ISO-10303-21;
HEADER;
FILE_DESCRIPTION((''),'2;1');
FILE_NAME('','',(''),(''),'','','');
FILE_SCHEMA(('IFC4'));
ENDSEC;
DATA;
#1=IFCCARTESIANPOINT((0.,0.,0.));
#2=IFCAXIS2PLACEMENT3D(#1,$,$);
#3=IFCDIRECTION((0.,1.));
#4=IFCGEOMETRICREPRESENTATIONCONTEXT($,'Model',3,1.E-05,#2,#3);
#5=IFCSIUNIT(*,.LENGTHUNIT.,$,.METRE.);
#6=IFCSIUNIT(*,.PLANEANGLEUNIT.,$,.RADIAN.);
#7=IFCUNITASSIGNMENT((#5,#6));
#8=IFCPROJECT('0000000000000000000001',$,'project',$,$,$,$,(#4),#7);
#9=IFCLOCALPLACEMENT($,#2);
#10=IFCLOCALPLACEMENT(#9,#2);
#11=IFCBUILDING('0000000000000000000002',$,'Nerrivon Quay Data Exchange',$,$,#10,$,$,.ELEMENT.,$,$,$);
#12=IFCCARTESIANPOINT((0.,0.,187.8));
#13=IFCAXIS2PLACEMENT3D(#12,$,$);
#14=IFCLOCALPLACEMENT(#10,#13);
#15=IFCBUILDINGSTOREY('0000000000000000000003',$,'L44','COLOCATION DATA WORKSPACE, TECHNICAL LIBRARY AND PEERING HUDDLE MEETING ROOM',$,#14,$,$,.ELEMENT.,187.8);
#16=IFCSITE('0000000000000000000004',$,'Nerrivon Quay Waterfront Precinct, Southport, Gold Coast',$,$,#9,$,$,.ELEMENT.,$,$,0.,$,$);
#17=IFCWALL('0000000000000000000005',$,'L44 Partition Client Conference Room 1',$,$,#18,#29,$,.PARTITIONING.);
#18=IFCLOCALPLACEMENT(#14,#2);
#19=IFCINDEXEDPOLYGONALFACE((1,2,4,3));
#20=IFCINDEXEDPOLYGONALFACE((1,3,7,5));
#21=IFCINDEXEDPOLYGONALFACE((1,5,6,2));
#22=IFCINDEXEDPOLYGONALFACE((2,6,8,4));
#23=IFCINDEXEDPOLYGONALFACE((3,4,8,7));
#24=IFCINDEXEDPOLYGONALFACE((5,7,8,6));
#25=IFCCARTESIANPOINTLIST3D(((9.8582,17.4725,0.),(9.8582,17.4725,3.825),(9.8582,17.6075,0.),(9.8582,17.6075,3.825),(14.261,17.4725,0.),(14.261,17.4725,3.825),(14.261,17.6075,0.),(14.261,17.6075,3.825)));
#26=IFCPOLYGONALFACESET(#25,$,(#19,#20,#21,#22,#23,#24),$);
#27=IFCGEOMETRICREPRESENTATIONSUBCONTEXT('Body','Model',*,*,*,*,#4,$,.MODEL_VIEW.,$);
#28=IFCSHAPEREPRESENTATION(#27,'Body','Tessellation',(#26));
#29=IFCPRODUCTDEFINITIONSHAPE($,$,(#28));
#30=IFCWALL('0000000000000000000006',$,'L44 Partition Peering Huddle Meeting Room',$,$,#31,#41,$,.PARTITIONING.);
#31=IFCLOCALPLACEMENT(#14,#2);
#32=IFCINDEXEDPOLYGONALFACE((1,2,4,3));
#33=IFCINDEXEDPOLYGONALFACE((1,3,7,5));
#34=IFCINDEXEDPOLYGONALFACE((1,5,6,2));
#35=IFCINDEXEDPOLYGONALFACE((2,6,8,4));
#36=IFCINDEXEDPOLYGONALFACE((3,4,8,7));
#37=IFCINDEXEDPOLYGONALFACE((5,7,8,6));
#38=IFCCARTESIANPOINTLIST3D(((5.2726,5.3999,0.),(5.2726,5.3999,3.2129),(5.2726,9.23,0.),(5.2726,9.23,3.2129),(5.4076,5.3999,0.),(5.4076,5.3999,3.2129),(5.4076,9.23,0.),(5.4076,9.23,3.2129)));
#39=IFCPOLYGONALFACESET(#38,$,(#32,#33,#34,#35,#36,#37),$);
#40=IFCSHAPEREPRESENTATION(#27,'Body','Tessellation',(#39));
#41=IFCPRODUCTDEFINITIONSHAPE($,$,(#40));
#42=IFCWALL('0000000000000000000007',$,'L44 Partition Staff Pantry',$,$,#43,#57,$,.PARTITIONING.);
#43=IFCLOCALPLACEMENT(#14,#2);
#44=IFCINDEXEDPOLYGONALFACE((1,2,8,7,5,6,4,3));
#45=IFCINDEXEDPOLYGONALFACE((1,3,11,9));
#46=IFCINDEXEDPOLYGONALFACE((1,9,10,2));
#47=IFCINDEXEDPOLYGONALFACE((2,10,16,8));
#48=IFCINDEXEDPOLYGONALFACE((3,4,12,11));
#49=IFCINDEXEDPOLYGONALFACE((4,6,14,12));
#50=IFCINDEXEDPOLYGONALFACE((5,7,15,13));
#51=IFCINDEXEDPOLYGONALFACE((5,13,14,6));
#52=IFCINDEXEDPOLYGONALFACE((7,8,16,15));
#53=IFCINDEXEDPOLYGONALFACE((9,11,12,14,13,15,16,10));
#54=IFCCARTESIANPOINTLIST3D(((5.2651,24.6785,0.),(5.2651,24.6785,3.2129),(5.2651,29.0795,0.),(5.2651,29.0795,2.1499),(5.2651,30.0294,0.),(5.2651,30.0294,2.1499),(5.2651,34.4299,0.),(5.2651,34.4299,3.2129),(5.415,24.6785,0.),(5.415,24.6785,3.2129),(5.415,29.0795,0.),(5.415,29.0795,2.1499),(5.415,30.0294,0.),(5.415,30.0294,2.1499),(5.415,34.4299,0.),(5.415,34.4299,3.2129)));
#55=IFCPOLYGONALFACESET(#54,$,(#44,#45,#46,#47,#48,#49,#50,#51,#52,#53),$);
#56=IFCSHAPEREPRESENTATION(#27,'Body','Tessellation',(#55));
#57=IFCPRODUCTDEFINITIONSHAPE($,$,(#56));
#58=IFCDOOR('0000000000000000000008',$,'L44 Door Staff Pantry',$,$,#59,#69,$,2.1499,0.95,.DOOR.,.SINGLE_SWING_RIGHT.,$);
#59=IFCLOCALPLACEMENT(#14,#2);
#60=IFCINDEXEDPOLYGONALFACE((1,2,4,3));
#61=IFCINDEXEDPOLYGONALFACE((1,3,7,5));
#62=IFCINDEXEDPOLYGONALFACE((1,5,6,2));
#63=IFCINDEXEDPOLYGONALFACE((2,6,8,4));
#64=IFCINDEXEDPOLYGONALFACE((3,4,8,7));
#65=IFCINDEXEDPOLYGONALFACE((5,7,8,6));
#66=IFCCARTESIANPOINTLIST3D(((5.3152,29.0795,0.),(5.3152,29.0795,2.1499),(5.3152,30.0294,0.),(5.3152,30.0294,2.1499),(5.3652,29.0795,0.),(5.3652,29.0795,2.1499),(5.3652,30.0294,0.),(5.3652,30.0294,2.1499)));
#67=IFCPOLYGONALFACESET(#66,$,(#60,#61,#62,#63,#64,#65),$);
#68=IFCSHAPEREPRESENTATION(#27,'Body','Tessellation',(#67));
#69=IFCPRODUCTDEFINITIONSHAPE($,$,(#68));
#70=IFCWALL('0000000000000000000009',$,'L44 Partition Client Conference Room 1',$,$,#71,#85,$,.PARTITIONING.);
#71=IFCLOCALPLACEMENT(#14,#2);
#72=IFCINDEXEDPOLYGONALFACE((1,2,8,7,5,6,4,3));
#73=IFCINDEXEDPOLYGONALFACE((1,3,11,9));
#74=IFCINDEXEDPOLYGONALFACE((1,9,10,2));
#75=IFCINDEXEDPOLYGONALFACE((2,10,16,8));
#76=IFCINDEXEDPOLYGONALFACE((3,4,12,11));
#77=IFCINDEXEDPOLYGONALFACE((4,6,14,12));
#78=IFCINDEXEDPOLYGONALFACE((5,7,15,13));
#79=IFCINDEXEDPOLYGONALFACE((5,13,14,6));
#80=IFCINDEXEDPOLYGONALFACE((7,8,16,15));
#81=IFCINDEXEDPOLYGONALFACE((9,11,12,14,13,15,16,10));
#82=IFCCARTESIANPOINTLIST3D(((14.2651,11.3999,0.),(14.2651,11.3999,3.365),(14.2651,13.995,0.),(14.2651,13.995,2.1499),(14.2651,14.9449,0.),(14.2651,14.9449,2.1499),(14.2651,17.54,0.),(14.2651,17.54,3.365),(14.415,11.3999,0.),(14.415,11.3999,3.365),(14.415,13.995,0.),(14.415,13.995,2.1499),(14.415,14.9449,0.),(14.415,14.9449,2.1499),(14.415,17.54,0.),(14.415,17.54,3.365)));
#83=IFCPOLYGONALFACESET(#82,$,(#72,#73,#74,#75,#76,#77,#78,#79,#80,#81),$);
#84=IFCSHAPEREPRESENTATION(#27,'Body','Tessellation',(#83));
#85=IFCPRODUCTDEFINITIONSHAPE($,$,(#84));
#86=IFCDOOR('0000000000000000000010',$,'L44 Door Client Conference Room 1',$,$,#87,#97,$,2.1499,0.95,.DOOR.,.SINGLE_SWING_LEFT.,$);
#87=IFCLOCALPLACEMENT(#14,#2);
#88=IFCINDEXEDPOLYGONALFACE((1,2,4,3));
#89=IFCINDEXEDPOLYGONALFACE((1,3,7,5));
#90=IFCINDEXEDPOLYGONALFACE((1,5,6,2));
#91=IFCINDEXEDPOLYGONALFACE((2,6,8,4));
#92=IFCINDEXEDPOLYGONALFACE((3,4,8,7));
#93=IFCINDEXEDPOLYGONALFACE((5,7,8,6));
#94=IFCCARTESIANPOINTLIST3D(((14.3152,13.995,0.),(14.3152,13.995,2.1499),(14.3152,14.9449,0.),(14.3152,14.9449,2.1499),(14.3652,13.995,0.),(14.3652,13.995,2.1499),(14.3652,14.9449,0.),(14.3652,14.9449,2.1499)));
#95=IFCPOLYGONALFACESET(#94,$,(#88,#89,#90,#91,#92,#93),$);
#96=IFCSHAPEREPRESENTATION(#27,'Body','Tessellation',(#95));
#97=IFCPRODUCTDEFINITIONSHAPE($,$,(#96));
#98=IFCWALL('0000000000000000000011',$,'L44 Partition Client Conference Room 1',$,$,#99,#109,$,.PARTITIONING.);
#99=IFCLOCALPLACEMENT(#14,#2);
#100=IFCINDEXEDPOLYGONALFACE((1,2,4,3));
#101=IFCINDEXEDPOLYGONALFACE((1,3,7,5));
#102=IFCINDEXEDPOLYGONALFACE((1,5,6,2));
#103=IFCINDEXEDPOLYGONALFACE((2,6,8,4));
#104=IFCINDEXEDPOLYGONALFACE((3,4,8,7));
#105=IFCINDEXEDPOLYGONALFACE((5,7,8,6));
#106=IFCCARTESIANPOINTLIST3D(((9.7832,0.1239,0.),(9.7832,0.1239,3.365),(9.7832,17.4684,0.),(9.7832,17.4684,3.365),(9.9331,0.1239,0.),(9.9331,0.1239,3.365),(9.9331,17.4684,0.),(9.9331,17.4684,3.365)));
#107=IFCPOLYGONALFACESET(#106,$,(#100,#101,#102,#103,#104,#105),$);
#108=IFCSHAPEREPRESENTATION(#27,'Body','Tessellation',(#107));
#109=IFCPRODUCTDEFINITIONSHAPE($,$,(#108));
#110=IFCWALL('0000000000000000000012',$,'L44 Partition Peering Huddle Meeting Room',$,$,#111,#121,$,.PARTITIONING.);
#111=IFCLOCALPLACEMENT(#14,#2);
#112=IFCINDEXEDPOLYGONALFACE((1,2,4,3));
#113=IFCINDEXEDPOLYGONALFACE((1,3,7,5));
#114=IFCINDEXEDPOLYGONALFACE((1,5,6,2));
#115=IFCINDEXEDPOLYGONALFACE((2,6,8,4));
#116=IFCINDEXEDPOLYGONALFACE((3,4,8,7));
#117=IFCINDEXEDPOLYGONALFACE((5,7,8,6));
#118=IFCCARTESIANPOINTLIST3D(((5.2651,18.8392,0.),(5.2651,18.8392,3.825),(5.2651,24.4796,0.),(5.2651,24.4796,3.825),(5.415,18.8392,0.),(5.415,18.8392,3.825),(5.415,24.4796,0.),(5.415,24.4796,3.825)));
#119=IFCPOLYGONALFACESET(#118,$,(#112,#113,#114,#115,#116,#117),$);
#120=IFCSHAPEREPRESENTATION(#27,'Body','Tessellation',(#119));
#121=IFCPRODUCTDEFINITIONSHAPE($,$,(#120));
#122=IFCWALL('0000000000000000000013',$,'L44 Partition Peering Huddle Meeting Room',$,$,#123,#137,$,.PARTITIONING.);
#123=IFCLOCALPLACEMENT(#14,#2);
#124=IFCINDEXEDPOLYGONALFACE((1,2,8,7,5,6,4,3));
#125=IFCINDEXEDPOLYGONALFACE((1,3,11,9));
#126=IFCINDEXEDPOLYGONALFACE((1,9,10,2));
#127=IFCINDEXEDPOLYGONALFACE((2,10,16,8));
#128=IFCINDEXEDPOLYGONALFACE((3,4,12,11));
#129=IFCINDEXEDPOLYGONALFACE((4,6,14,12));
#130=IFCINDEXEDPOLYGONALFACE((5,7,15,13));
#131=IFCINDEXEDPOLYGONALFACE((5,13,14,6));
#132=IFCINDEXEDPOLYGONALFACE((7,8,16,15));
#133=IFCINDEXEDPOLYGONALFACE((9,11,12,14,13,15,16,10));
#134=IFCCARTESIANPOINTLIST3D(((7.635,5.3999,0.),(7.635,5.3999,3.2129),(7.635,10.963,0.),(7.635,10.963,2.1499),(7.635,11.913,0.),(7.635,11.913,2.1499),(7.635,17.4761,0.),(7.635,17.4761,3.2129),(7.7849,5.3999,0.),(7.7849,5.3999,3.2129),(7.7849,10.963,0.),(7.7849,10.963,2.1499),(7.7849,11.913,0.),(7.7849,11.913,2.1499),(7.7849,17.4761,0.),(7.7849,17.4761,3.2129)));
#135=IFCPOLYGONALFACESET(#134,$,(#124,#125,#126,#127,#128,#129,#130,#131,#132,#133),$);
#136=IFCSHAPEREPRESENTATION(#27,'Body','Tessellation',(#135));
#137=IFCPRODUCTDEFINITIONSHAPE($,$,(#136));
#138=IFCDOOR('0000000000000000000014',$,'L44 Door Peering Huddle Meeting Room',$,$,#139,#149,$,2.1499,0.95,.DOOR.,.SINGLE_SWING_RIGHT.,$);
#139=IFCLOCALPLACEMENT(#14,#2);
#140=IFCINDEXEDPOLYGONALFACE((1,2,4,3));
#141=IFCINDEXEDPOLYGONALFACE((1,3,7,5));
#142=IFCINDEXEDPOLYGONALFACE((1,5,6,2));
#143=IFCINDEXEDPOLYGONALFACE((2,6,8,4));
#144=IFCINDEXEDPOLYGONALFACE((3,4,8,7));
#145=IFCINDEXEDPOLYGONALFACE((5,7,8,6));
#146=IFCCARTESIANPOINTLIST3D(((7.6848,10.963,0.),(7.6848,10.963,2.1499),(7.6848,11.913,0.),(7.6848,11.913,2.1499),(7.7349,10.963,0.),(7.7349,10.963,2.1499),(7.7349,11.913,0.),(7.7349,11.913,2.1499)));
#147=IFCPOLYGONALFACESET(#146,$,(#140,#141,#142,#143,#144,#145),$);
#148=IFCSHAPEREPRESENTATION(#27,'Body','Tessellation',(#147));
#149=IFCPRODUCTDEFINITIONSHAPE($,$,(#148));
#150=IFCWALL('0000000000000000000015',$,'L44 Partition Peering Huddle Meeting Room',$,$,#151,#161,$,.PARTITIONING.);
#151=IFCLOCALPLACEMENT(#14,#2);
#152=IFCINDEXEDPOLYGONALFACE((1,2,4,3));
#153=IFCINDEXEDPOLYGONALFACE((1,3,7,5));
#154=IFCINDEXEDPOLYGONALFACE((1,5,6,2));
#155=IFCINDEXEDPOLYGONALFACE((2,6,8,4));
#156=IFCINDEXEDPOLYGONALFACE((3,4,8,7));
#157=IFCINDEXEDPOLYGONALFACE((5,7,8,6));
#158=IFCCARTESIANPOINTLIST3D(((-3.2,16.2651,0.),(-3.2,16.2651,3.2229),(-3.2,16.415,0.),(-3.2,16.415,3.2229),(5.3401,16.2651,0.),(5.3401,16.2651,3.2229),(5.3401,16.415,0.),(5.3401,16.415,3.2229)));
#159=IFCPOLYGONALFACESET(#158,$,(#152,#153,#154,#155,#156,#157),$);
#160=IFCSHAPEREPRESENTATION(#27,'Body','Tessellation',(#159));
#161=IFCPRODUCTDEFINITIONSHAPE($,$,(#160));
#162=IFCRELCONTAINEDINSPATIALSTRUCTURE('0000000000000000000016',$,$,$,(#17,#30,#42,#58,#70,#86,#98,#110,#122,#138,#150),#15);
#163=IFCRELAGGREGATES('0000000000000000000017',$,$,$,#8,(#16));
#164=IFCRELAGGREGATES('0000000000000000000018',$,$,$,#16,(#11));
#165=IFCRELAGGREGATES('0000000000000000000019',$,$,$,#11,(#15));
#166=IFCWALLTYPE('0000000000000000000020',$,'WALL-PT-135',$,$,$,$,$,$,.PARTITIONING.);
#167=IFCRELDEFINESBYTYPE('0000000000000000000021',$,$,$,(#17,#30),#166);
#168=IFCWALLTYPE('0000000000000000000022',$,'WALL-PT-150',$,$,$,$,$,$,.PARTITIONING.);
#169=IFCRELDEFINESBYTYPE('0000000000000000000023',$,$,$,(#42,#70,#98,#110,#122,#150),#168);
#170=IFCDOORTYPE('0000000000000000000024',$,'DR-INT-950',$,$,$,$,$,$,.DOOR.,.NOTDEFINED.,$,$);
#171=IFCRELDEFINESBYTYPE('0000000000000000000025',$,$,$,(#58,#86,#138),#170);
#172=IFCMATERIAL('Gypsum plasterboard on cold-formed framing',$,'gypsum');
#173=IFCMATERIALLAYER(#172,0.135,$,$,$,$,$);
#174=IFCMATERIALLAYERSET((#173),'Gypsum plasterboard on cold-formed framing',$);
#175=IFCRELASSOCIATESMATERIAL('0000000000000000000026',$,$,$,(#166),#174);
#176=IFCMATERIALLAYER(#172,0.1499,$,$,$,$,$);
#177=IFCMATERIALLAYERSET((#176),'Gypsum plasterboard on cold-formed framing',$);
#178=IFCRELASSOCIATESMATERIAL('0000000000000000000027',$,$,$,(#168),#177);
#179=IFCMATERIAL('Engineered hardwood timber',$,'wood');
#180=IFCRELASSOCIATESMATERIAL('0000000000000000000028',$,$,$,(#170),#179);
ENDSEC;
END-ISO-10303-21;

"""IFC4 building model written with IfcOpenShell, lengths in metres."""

from ifc_helpers import new_model, si_unit, direction, frame, frame_2d, origin, place, context, subcontext, project, spatial, rectangle, extrude, material, layer, layer_set, type_object, element, fill, save


model = new_model("IFC4")

# Units and contexts
model_context = context("Model", 3, precision=1e-05, world=origin(), true_north=direction((0.0, 1.0)))
body_context = subcontext(model_context, "Body", "Model", "MODEL_VIEW")
ifc_project = project(units=[si_unit("LENGTHUNIT", "METRE"), si_unit("PLANEANGLEUNIT", "RADIAN")], contexts=[model_context])

# Site, building, storey
site_placement = place(None, origin())
site = spatial("IfcSite", under=ifc_project, at=site_placement, Name="Nerrivon Quay Waterfront Precinct, Southport, Gold Coast", CompositionType="ELEMENT", RefElevation=0.0)
building_placement = place(site_placement, origin())
building = spatial("IfcBuilding", under=site, at=building_placement, Name="Nerrivon Quay Data Exchange", CompositionType="ELEMENT")
storey_placement = place(building_placement, frame((0.0, 0.0, 187.8)))
storey = spatial("IfcBuildingStorey", under=building, at=storey_placement, Name="L44", Description="COLOCATION DATA WORKSPACE, TECHNICAL LIBRARY AND PEERING HUDDLE MEETING ROOM", CompositionType="ELEMENT", Elevation=187.8)

# Shared definitions
ifc_material_1 = material(Name="Gypsum plasterboard on cold-formed framing", Category="gypsum")

# Shared definitions
ifc_material_2 = material(Name="Engineered hardwood timber", Category="wood")

# Walls
ifc_layer_1 = layer(ifc_material_1, 0.135)
ifc_layer_set_1 = layer_set([ifc_layer_1], Name="Gypsum plasterboard on cold-formed framing")
wall_type_1 = type_object("IfcWallType", Name="WALL-PT-135", PredefinedType="PARTITIONING", material=ifc_layer_set_1)
wall_1_placement = place(storey_placement, frame((14.261, 17.54, 0.0), z_axis=(0.0, 0.0, 1.0), x_axis=(-1.0, 0.0, 0.0)))
element("IfcWall", 1, at=wall_1_placement, inside=storey, type_object=wall_type_1, Name="L44 Partition Client Conference Room 1", PredefinedType="PARTITIONING", context=body_context, shape_type="SweptSolid", body=[
    extrude(rectangle(XDim=4.4028, YDim=0.135, at=frame_2d((2.2014, 0.0))), origin(), (0.0, 0.0, 1.0), 3.825),
])
wall_2_placement = place(storey_placement, frame((5.3401, 5.3999, 0.0), z_axis=(0.0, 0.0, 1.0), x_axis=(0.0, 1.0, 0.0)))
element("IfcWall", 2, at=wall_2_placement, inside=storey, type_object=wall_type_1, Name="L44 Partition Peering Huddle Meeting Room", PredefinedType="PARTITIONING", context=body_context, shape_type="SweptSolid", body=[
    extrude(rectangle(XDim=3.8301, YDim=0.135, at=frame_2d((1.915, 0.0))), origin(), (0.0, 0.0, 1.0), 3.2129),
])

# Walls, openings, doors
ifc_layer_2 = layer(ifc_material_1, 0.1499)
ifc_layer_set_2 = layer_set([ifc_layer_2], Name="Gypsum plasterboard on cold-formed framing")
wall_type_2 = type_object("IfcWallType", Name="WALL-PT-150", PredefinedType="PARTITIONING", material=ifc_layer_set_2)
wall_3_placement = place(storey_placement, frame((5.3401, 24.6785, 0.0), z_axis=(0.0, 0.0, 1.0), x_axis=(0.0, 1.0, 0.0)))
wall_3 = element("IfcWall", 3, at=wall_3_placement, inside=storey, type_object=wall_type_2, Name="L44 Partition Staff Pantry", PredefinedType="PARTITIONING", context=body_context, shape_type="SweptSolid", body=[
    extrude(rectangle(XDim=9.7515, YDim=0.1499, at=frame_2d((4.8757, 0.0))), origin(), (0.0, 0.0, 1.0), 3.2129),
])
opening_1_placement = place(wall_3_placement, frame((4.4009, 0.0, 0.0)))
opening_1 = element("IfcOpeningElement", 4, at=opening_1_placement, cuts=wall_3, PredefinedType="OPENING", context=body_context, shape_type="SweptSolid", body=[
    extrude(rectangle(XDim=0.95, YDim=2.1499, at=frame_2d((0.4751, 1.075))), frame((0.0, 0.085, 0.0), z_axis=(0.0, -1.0, 0.0), x_axis=(1.0, 0.0, 0.0)), (0.0, 0.0, 1.0), 0.1699),
])
door_type_1 = type_object("IfcDoorType", Name="DR-INT-950", OperationType="NOTDEFINED", PredefinedType="DOOR", material=ifc_material_2)
door_1_placement = place(opening_1_placement, origin())
door_1 = element("IfcDoor", 5, at=door_1_placement, inside=storey, type_object=door_type_1, Name="L44 Door Staff Pantry", OperationType="SINGLE_SWING_RIGHT", OverallHeight=2.1499, OverallWidth=0.95, PredefinedType="DOOR", context=body_context, shape_type="SweptSolid", body=[
    extrude(rectangle(XDim=0.95, YDim=2.1499, at=frame_2d((0.4751, 1.075))), frame((0.0, 0.0249, 0.0), z_axis=(0.0, -1.0, 0.0), x_axis=(1.0, 0.0, 0.0)), (0.0, 0.0, 1.0), 0.05),
])
fill(opening_1, door_1)
wall_4_placement = place(storey_placement, frame((14.3401, 11.3999, 0.0), z_axis=(0.0, 0.0, 1.0), x_axis=(0.0, 1.0, 0.0)))
wall_4 = element("IfcWall", 6, at=wall_4_placement, inside=storey, type_object=wall_type_2, Name="L44 Partition Client Conference Room 1", PredefinedType="PARTITIONING", context=body_context, shape_type="SweptSolid", body=[
    extrude(rectangle(XDim=6.1401, YDim=0.1499, at=frame_2d((3.0701, 0.0))), origin(), (0.0, 0.0, 1.0), 3.365),
])
opening_2_placement = place(wall_4_placement, frame((2.595, 0.0, 0.0)))
opening_2 = element("IfcOpeningElement", 7, at=opening_2_placement, cuts=wall_4, PredefinedType="OPENING", context=body_context, shape_type="SweptSolid", body=[
    extrude(rectangle(XDim=0.95, YDim=2.1499, at=frame_2d((0.4751, 1.075))), frame((0.0, 0.085, 0.0), z_axis=(0.0, -1.0, 0.0), x_axis=(1.0, 0.0, 0.0)), (0.0, 0.0, 1.0), 0.1699),
])
door_2_placement = place(opening_2_placement, origin())
door_2 = element("IfcDoor", 8, at=door_2_placement, inside=storey, type_object=door_type_1, Name="L44 Door Client Conference Room 1", OperationType="SINGLE_SWING_LEFT", OverallHeight=2.1499, OverallWidth=0.95, PredefinedType="DOOR", context=body_context, shape_type="SweptSolid", body=[
    extrude(rectangle(XDim=0.95, YDim=2.1499, at=frame_2d((0.4751, 1.075))), frame((0.0, 0.0249, 0.0), z_axis=(0.0, -1.0, 0.0), x_axis=(1.0, 0.0, 0.0)), (0.0, 0.0, 1.0), 0.05),
])
fill(opening_2, door_2)

# Walls
wall_5_placement = place(storey_placement, frame((9.8582, 17.4685, 0.0), z_axis=(0.0, 0.0, 1.0), x_axis=(0.0, -1.0, 0.0)))
element("IfcWall", 9, at=wall_5_placement, inside=storey, type_object=wall_type_2, Name="L44 Partition Client Conference Room 1", PredefinedType="PARTITIONING", context=body_context, shape_type="SweptSolid", body=[
    extrude(rectangle(XDim=17.3445, YDim=0.1499, at=frame_2d((8.6724, 0.0))), origin(), (0.0, 0.0, 1.0), 3.365),
])
wall_6_placement = place(storey_placement, frame((5.3401, 18.8391, 0.0), z_axis=(0.0, 0.0, 1.0), x_axis=(0.0, 1.0, 0.0)))
element("IfcWall", 10, at=wall_6_placement, inside=storey, type_object=wall_type_2, Name="L44 Partition Peering Huddle Meeting Room", PredefinedType="PARTITIONING", context=body_context, shape_type="SweptSolid", body=[
    extrude(rectangle(XDim=5.6404, YDim=0.1499, at=frame_2d((2.8203, 0.0))), origin(), (0.0, 0.0, 1.0), 3.825),
])

# Wall, opening, door
wall_7_placement = place(storey_placement, frame((7.71, 17.4761, 0.0), z_axis=(0.0, 0.0, 1.0), x_axis=(0.0, -1.0, 0.0)))
wall_7 = element("IfcWall", 11, at=wall_7_placement, inside=storey, type_object=wall_type_2, Name="L44 Partition Peering Huddle Meeting Room", PredefinedType="PARTITIONING", context=body_context, shape_type="SweptSolid", body=[
    extrude(rectangle(XDim=12.0762, YDim=0.1499, at=frame_2d((6.0381, 0.0))), origin(), (0.0, 0.0, 1.0), 3.2129),
])
opening_3_placement = place(wall_7_placement, frame((5.563, 0.0, 0.0)))
opening_3 = element("IfcOpeningElement", 12, at=opening_3_placement, cuts=wall_7, PredefinedType="OPENING", context=body_context, shape_type="SweptSolid", body=[
    extrude(rectangle(XDim=0.95, YDim=2.1499, at=frame_2d((0.4751, 1.075))), frame((0.0, 0.085, 0.0), z_axis=(0.0, -1.0, 0.0), x_axis=(1.0, 0.0, 0.0)), (0.0, 0.0, 1.0), 0.1699),
])
door_3_placement = place(opening_3_placement, origin())
door_3 = element("IfcDoor", 13, at=door_3_placement, inside=storey, type_object=door_type_1, Name="L44 Door Peering Huddle Meeting Room", OperationType="SINGLE_SWING_RIGHT", OverallHeight=2.1499, OverallWidth=0.95, PredefinedType="DOOR", context=body_context, shape_type="SweptSolid", body=[
    extrude(rectangle(XDim=0.95, YDim=2.1499, at=frame_2d((0.4751, 1.075))), frame((0.0, 0.0249, 0.0), z_axis=(0.0, -1.0, 0.0), x_axis=(1.0, 0.0, 0.0)), (0.0, 0.0, 1.0), 0.05),
])
fill(opening_3, door_3)

# Wall
wall_8_placement = place(storey_placement, frame((5.3401, 16.3401, 0.0), z_axis=(0.0, 0.0, 1.0), x_axis=(-1.0, 0.0, 0.0)))
element("IfcWall", 14, at=wall_8_placement, inside=storey, type_object=wall_type_2, Name="L44 Partition Peering Huddle Meeting Room", PredefinedType="PARTITIONING", context=body_context, shape_type="SweptSolid", body=[
    extrude(rectangle(XDim=8.54, YDim=0.1499, at=frame_2d((4.27, 0.0))), origin(), (0.0, 0.0, 1.0), 3.2229),
])

save(model, "model.ifc")
